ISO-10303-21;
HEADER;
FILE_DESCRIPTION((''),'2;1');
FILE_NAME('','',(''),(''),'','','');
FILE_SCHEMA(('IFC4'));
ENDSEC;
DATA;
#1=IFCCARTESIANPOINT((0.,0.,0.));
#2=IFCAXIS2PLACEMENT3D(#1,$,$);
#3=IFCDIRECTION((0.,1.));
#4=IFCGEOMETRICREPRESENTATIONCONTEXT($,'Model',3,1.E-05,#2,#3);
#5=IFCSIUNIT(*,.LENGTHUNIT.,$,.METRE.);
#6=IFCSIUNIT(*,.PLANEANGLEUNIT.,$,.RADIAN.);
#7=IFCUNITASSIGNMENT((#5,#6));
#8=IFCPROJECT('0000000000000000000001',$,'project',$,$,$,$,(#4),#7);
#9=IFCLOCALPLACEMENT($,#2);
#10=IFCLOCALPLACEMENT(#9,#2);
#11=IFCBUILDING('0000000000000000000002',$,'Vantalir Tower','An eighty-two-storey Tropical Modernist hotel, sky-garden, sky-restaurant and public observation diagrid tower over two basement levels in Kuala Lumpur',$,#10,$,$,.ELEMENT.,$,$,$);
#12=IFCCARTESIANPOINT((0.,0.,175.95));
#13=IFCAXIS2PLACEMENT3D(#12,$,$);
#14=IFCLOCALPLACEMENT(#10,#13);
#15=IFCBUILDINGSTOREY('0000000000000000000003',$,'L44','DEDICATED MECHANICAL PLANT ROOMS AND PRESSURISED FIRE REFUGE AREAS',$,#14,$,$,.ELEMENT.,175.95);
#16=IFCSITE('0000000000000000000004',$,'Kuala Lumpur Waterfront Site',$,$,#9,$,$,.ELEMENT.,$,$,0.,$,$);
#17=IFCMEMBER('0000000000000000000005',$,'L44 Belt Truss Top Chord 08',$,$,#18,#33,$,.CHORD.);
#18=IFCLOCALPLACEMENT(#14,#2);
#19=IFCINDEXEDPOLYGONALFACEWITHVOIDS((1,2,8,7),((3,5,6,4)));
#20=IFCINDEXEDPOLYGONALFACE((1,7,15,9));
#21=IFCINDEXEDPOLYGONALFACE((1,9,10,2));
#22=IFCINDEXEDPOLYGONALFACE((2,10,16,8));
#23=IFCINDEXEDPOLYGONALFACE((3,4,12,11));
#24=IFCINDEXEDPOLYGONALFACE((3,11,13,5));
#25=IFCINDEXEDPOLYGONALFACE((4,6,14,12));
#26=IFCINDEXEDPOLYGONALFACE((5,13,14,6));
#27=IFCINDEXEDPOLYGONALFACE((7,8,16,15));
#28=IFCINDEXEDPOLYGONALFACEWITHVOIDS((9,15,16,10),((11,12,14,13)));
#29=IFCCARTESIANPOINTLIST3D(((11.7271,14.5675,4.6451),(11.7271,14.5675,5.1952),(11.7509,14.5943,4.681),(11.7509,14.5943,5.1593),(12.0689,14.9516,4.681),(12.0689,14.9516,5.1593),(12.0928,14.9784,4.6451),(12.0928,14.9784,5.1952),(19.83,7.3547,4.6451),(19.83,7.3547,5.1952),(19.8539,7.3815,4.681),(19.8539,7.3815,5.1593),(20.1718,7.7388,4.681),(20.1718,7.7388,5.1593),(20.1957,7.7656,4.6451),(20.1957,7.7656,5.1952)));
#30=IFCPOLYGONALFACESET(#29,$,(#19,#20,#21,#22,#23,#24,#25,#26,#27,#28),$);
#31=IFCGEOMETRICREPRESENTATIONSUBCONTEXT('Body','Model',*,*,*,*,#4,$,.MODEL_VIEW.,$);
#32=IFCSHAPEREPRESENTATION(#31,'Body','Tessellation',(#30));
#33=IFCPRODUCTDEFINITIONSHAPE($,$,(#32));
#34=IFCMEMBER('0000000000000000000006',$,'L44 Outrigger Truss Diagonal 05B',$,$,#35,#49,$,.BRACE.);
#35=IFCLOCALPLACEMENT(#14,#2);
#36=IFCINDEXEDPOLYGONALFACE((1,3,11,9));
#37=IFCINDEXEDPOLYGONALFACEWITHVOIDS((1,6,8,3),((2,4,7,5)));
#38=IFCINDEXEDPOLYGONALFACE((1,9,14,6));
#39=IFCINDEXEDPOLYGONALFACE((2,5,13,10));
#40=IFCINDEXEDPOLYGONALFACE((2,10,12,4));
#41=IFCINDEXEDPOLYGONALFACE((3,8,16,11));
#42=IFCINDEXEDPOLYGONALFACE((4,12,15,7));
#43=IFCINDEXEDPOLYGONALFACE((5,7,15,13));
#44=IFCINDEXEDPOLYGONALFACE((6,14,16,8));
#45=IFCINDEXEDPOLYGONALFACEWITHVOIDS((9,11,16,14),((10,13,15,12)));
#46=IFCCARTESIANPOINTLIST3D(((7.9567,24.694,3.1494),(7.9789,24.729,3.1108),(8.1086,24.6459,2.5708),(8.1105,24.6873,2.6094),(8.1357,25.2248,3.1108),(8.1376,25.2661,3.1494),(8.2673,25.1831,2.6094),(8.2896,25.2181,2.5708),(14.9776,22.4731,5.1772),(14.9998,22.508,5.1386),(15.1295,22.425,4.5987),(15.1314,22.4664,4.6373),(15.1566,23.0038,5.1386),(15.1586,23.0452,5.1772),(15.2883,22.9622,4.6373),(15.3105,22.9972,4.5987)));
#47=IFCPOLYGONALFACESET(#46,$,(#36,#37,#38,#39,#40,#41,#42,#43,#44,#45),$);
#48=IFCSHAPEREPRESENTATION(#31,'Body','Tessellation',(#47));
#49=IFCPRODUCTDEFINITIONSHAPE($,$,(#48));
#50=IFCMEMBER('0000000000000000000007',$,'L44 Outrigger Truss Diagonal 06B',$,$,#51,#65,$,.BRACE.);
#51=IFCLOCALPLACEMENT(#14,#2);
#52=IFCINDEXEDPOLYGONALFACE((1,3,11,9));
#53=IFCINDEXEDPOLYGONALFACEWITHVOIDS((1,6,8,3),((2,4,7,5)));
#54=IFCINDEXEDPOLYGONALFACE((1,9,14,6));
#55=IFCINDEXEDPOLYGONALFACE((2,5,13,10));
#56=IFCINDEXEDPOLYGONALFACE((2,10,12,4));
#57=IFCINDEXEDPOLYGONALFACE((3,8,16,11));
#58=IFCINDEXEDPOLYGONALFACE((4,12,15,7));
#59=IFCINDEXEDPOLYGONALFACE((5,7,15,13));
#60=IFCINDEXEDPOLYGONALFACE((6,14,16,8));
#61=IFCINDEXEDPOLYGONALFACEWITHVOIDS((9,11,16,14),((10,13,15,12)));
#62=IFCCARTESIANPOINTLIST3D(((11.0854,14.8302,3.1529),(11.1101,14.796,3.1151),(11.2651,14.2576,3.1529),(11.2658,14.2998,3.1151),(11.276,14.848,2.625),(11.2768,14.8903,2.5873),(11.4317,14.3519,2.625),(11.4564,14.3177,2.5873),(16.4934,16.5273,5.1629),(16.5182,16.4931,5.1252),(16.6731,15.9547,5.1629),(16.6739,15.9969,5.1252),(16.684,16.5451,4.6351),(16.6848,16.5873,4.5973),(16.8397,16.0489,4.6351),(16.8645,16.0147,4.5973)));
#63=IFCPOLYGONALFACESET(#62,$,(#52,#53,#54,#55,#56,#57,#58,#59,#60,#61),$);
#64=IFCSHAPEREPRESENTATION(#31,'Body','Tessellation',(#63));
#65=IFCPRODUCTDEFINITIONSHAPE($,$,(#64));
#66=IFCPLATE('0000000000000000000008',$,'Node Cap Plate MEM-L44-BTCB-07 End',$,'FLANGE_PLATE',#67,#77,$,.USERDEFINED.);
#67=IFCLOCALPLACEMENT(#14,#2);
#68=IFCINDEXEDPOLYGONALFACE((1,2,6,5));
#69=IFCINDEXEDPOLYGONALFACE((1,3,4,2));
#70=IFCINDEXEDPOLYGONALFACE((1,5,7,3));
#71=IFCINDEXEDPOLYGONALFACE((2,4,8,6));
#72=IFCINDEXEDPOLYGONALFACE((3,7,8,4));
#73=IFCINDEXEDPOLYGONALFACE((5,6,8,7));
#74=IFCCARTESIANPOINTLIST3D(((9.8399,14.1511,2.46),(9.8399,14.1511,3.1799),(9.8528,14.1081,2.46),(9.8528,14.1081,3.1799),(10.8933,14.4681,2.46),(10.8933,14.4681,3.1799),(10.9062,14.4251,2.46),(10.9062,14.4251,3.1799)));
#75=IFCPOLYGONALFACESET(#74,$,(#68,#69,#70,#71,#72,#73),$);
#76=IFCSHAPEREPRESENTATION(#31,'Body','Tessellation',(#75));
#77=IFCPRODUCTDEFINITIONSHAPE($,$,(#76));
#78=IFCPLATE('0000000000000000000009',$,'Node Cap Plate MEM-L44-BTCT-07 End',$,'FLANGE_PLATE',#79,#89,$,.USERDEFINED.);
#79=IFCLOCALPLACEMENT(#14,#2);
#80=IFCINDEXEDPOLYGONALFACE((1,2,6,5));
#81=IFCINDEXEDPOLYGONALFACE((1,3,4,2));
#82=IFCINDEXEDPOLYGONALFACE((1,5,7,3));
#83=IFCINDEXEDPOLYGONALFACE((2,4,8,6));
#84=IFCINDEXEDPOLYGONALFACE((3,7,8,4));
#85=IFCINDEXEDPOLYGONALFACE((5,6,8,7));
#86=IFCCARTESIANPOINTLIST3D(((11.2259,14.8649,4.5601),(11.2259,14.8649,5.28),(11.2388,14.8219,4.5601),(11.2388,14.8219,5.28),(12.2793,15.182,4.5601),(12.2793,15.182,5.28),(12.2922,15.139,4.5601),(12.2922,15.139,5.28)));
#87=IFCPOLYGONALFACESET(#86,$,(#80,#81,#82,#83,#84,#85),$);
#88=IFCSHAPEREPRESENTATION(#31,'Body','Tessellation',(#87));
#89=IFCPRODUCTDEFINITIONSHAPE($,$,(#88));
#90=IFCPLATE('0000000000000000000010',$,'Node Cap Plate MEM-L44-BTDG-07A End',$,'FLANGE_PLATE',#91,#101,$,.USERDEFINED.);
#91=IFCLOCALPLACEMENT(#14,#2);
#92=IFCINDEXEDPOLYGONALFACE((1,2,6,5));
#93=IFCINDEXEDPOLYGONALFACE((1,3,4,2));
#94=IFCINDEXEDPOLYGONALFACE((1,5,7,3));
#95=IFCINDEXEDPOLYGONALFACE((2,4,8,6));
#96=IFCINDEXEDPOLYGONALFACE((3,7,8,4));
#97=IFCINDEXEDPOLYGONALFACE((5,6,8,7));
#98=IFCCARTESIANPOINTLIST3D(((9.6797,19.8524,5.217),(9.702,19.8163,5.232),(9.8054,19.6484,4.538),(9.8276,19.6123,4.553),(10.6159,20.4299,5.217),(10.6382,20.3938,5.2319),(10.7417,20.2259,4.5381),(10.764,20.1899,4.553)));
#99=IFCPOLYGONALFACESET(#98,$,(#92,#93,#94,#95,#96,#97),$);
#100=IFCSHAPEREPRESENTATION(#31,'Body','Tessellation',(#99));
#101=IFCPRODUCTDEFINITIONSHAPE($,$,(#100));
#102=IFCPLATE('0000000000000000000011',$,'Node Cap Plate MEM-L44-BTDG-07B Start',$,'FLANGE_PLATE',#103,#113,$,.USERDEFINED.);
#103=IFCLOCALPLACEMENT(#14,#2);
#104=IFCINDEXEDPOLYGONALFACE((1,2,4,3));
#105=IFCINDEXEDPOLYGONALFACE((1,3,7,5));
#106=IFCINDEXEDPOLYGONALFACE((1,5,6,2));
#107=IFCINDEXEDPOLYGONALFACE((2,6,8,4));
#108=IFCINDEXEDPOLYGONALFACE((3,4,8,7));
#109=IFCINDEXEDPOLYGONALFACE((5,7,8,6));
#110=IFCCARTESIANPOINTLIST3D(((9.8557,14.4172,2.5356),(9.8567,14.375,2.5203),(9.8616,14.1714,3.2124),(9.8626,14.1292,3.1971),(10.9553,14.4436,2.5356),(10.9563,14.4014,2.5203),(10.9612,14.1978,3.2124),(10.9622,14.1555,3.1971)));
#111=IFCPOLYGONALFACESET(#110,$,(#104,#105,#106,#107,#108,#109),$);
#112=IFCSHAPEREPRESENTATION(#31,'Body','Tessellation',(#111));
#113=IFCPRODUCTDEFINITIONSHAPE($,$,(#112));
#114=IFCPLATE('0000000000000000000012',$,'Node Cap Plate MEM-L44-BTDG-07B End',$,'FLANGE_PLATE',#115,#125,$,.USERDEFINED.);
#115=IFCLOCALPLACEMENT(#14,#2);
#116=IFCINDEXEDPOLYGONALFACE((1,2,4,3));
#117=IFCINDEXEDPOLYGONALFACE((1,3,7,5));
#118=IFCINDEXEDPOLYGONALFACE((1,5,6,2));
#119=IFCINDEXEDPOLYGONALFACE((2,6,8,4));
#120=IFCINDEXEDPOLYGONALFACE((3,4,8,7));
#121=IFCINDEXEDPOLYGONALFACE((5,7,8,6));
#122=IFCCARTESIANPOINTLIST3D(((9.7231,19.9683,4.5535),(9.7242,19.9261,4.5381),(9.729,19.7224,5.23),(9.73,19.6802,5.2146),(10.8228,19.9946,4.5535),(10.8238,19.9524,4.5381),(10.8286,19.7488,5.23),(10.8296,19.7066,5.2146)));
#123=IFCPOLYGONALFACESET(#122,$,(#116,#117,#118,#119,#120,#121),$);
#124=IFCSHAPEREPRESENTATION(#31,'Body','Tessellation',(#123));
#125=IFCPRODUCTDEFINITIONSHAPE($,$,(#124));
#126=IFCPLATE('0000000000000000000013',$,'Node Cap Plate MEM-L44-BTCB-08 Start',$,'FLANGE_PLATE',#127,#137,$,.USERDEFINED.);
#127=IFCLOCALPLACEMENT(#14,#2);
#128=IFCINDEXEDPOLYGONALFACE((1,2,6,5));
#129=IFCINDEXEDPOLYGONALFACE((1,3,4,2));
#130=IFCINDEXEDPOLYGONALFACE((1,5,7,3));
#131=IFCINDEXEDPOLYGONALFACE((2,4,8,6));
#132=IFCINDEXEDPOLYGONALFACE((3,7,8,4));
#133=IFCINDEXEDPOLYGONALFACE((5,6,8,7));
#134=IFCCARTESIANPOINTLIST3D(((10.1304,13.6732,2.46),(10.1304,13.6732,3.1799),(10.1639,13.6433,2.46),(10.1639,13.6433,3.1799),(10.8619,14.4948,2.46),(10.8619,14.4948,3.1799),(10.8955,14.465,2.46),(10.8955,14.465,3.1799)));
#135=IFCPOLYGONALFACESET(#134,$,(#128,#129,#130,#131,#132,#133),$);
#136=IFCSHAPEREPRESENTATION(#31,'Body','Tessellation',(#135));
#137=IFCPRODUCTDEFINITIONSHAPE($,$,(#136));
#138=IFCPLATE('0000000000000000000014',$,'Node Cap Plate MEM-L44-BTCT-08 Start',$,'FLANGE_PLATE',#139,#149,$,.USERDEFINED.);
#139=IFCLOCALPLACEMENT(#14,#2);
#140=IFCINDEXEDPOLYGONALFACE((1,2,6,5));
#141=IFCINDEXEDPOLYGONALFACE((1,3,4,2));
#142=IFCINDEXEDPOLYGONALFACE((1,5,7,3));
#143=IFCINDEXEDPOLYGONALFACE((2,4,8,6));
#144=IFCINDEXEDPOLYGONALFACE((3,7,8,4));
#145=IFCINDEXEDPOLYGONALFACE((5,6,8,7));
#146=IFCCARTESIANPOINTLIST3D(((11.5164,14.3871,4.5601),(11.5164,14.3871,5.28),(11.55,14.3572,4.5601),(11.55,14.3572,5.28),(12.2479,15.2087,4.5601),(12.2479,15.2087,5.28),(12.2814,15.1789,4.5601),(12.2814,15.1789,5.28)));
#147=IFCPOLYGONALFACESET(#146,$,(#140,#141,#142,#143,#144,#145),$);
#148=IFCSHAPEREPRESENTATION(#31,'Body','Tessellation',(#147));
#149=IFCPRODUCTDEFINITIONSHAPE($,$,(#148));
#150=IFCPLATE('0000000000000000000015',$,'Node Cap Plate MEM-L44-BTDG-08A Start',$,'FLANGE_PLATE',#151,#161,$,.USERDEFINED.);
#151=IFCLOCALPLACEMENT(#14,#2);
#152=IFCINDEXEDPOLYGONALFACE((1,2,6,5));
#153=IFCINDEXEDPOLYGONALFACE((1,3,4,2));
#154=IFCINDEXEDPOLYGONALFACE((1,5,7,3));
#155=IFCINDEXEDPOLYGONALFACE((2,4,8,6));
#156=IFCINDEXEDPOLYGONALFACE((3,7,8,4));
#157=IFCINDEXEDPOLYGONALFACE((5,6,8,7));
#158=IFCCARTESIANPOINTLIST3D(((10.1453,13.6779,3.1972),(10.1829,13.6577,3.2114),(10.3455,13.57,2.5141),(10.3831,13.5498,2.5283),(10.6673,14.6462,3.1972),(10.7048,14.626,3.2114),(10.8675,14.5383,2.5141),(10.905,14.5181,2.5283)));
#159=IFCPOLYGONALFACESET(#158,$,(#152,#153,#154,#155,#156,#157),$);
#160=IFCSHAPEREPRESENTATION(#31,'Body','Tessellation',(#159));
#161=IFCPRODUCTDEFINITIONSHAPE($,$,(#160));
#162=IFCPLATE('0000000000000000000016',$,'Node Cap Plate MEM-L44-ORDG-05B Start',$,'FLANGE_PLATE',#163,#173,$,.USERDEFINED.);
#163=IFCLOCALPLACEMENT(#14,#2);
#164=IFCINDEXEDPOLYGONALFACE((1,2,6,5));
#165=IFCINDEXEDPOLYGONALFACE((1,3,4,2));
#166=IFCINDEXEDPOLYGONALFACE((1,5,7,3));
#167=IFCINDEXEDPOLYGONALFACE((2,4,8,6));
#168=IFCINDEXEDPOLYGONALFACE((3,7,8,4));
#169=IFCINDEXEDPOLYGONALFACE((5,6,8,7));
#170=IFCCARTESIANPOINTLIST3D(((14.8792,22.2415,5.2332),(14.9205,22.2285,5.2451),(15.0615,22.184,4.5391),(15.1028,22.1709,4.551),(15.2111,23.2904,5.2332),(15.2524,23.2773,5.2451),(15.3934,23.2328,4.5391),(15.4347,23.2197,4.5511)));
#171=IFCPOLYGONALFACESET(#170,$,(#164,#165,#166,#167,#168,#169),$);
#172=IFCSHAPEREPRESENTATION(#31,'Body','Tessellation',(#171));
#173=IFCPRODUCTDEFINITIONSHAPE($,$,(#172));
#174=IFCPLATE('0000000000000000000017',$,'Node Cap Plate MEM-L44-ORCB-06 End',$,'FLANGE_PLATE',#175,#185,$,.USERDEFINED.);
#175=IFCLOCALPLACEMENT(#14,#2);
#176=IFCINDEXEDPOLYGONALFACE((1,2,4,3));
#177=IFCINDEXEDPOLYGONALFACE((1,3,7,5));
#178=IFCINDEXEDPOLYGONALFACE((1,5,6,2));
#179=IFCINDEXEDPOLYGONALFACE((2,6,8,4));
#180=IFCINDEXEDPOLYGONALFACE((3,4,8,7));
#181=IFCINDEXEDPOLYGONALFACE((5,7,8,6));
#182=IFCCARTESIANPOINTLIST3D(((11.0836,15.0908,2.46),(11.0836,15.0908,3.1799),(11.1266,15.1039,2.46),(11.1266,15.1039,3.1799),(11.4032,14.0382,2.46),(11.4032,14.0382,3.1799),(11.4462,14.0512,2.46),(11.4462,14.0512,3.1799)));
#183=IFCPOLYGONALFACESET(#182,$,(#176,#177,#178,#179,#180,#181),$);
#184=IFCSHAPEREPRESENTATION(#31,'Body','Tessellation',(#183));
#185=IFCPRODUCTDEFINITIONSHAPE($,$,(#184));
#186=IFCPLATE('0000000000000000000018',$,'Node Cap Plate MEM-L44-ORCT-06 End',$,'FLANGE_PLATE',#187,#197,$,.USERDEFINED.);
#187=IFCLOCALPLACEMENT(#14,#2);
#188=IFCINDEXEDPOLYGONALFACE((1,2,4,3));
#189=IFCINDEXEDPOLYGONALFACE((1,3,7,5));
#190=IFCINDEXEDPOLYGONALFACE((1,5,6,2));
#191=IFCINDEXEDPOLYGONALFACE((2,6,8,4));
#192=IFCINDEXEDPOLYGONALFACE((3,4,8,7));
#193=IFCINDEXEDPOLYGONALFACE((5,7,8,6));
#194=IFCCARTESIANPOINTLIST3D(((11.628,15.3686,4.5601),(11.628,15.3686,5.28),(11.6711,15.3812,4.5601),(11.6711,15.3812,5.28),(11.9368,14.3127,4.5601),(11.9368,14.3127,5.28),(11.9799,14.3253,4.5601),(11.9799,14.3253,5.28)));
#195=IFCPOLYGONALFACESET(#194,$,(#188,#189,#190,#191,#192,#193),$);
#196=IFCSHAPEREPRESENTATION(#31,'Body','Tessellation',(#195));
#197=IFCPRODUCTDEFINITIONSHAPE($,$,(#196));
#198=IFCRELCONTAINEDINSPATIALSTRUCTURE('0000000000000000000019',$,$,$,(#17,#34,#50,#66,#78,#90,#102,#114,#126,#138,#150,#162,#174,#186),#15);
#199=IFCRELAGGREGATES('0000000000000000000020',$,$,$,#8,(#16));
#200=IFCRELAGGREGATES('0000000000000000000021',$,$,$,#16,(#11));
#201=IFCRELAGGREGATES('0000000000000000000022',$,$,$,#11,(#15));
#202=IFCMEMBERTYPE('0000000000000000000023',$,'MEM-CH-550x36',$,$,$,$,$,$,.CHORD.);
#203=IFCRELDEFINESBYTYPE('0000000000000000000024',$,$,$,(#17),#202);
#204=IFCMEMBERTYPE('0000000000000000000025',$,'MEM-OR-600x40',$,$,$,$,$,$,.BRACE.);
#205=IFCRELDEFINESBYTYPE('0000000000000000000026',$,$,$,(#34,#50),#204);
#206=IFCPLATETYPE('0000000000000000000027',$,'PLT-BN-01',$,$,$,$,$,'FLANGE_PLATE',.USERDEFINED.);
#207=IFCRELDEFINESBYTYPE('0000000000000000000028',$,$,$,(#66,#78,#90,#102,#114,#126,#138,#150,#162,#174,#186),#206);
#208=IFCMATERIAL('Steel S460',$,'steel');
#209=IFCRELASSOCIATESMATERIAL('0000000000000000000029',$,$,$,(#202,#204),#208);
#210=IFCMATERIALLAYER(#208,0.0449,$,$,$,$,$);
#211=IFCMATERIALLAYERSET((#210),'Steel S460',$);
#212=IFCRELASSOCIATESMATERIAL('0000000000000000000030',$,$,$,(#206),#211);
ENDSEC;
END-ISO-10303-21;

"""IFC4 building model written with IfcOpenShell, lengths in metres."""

from ifc_helpers import new_model, si_unit, direction, frame, origin, origin_2d, place, context, subcontext, project, spatial, polyline, rectangle, hollow_rectangle, outline, extrude, material, layer, layer_set, material_profile, profile_set, type_object, element, save


model = new_model("IFC4")

# Units and contexts
model_context = context("Model", 3, precision=1e-05, world=origin(), true_north=direction((0.0, 1.0)))
body_context = subcontext(model_context, "Body", "Model", "MODEL_VIEW")
ifc_project = project(units=[si_unit("LENGTHUNIT", "METRE"), si_unit("PLANEANGLEUNIT", "RADIAN")], contexts=[model_context])

# Site, building, storey
site_placement = place(None, origin())
site = spatial("IfcSite", under=ifc_project, at=site_placement, Name="Kuala Lumpur Waterfront Site", CompositionType="ELEMENT", RefElevation=0.0)
building_placement = place(site_placement, origin())
building = spatial("IfcBuilding", under=site, at=building_placement, Name="Vantalir Tower", Description="An eighty-two-storey Tropical Modernist hotel, sky-garden, sky-restaurant and public observation diagrid tower over two basement levels in Kuala Lumpur", CompositionType="ELEMENT")
storey_placement = place(building_placement, frame((0.0, 0.0, 175.95)))
storey = spatial("IfcBuildingStorey", under=building, at=storey_placement, Name="L44", Description="DEDICATED MECHANICAL PLANT ROOMS AND PRESSURISED FIRE REFUGE AREAS", CompositionType="ELEMENT", Elevation=175.95)

# Shared definitions
ifc_material_1 = material(Name="Steel S460", Category="steel")

# Members
ifc_material_profile_1 = material_profile(ifc_material_1, hollow_rectangle(XDim=0.55, YDim=0.55, WallThickness=0.0359, at=origin_2d()), Name="Steel S460")
ifc_profile_set_1 = profile_set([ifc_material_profile_1], Name="Steel S460")
member_type_1 = type_object("IfcMemberType", Name="MEM-CH-550x36", PredefinedType="CHORD", material=ifc_profile_set_1)
member_1_placement = place(storey_placement, frame((11.9099, 14.7729, 4.9202), z_axis=(0.746942, -0.664889, 0.0), x_axis=(0.664889, 0.746942, 0.0)))
element("IfcMember", 1, at=member_1_placement, inside=storey, type_object=member_type_1, Name="L44 Belt Truss Top Chord 08", PredefinedType="CHORD", context=body_context, shape_type="SweptSolid", body=[
    extrude(hollow_rectangle(XDim=0.55, YDim=0.55, WallThickness=0.0359, at=origin_2d()), origin(), (0.0, 0.0, 1.0), 10.8481),
])
ifc_material_profile_2 = material_profile(ifc_material_1, hollow_rectangle(XDim=0.6001, YDim=0.6001, WallThickness=0.04, at=origin_2d()), Name="Steel S460")
ifc_profile_set_2 = profile_set([ifc_material_profile_2], Name="Steel S460")
member_type_2 = type_object("IfcMemberType", Name="MEM-OR-600x40", PredefinedType="BRACE", material=ifc_profile_set_2)
member_2_placement = place(storey_placement, frame((15.144, 22.7351, 4.8879), z_axis=(-0.919219, 0.290776, -0.265492), x_axis=(-0.301599, -0.953435, 0.0)))
element("IfcMember", 2, at=member_2_placement, inside=storey, type_object=member_type_2, Name="L44 Outrigger Truss Diagonal 05B", PredefinedType="BRACE", context=body_context, shape_type="SweptSolid", body=[
    extrude(hollow_rectangle(XDim=0.6001, YDim=0.6001, WallThickness=0.04, at=origin_2d()), origin(), (0.0, 0.0, 1.0), 7.6379),
])
member_3_placement = place(storey_placement, frame((16.679, 16.271, 4.8801), z_axis=(-0.899255, -0.282187, -0.334232), x_axis=(0.299405, -0.954126, 0.0)))
element("IfcMember", 3, at=member_3_placement, inside=storey, type_object=member_type_2, Name="L44 Outrigger Truss Diagonal 06B", PredefinedType="BRACE", context=body_context, shape_type="SweptSolid", body=[
    extrude(hollow_rectangle(XDim=0.6001, YDim=0.6001, WallThickness=0.04, at=origin_2d()), origin(), (0.0, 0.0, 1.0), 6.0139),
])

# Plates
ifc_layer_1 = layer(ifc_material_1, 0.0449)
ifc_layer_set_1 = layer_set([ifc_layer_1], Name="Steel S460")
plate_type_1 = type_object("IfcPlateType", Name="PLT-BN-01", ElementType="FLANGE_PLATE", PredefinedType="USERDEFINED", material=ifc_layer_set_1)
for number, where, z_axis, x_axis, name in (
    (4, (10.373, 14.2881, 2.46), (0.0, 0.0, 1.0), (0.288129, -0.957591, 0.0), "Node Cap Plate MEM-L44-BTCB-07 End"),
    (5, (11.759, 15.002, 4.5601), (0.0, 0.0, 1.0), (0.288213, -0.957566, 0.0), "Node Cap Plate MEM-L44-BTCT-07 End"),
):
    element("IfcPlate", number, at=place(storey_placement, frame(where, z_axis=z_axis, x_axis=x_axis)), inside=storey, type_object=plate_type_1, Name=name, ObjectType="FLANGE_PLATE", PredefinedType="USERDEFINED", context=body_context, shape_type="SweptSolid", body=[
        extrude(rectangle(XDim=0.0449, YDim=1.1001, at=origin_2d()), origin(), (0.0, 0.0, 1.0), 0.72),
    ])
plate_1_placement = place(storey_placement, frame((9.8276, 19.6123, 4.553), z_axis=(0.495057, -0.802597, 0.332802), x_axis=(0.851108, 0.524991, 0.00003)))
element("IfcPlate", 6, at=plate_1_placement, inside=storey, type_object=plate_type_1, Name="Node Cap Plate MEM-L44-BTDG-07A End", ObjectType="FLANGE_PLATE", PredefinedType="USERDEFINED", context=body_context, shape_type="SweptSolid", body=[
    extrude(outline(polyline([(0.0, 0.0), (1.1001, 0.0), (1.1002, 0.72), (0.0002, 0.72), (0.0, 0.0)])), origin(), (0.0, 0.0, -1.0), 0.0449),
])
plate_2_placement = place(storey_placement, frame((10.9553, 14.4436, 2.5356), z_axis=(-0.02253, 0.939601, 0.341529), x_axis=(-0.999713, -0.023972, 0.0)))
element("IfcPlate", 7, at=plate_2_placement, inside=storey, type_object=plate_type_1, Name="Node Cap Plate MEM-L44-BTDG-07B Start", ObjectType="FLANGE_PLATE", PredefinedType="USERDEFINED", context=body_context, shape_type="SweptSolid", body=[
    extrude(outline(polyline([(0.0, 0.0), (1.0999, 0.0), (1.1, 0.7201), (0.0, 0.7201), (0.0, 0.0)])), origin(), (0.0, 0.0, -1.0), 0.0449),
])
plate_3_placement = place(storey_placement, frame((10.8228, 19.9946, 4.5535), z_axis=(-0.022529, 0.939562, 0.341638), x_axis=(-0.999713, -0.023972, 0.0)))
element("IfcPlate", 8, at=plate_3_placement, inside=storey, type_object=plate_type_1, Name="Node Cap Plate MEM-L44-BTDG-07B End", ObjectType="FLANGE_PLATE", PredefinedType="USERDEFINED", context=body_context, shape_type="SweptSolid", body=[
    extrude(outline(polyline([(0.0, 0.0), (1.0999, 0.0), (1.1, 0.7198), (0.0, 0.7198), (0.0, 0.0)])), origin(), (0.0, 0.0, -1.0), 0.0449),
])
for number, where, z_axis, x_axis, name in (
    (9, (10.5129, 14.0691, 2.46), (0.0, 0.0, 1.0), (0.746859, -0.664983, 0.0), "Node Cap Plate MEM-L44-BTCB-08 Start"),
    (10, (11.8989, 14.783, 4.5601), (0.0, 0.0, 1.0), (0.746905, -0.664931, 0.0), "Node Cap Plate MEM-L44-BTCT-08 Start"),
):
    element("IfcPlate", number, at=place(storey_placement, frame(where, z_axis=z_axis, x_axis=x_axis)), inside=storey, type_object=plate_type_1, Name=name, ObjectType="FLANGE_PLATE", PredefinedType="USERDEFINED", context=body_context, shape_type="SweptSolid", body=[
        extrude(rectangle(XDim=0.0449, YDim=1.1001, at=origin_2d()), origin(), (0.0, 0.0, 1.0), 0.72),
    ])
plate_4_placement = place(storey_placement, frame((10.3831, 13.5498, 2.5283), z_axis=(0.835173, -0.450227, 0.315883), x_axis=(0.474523, 0.880243, 0.0)))
element("IfcPlate", 11, at=plate_4_placement, inside=storey, type_object=plate_type_1, Name="Node Cap Plate MEM-L44-BTDG-08A Start", ObjectType="FLANGE_PLATE", PredefinedType="USERDEFINED", context=body_context, shape_type="SweptSolid", body=[
    extrude(outline(polyline([(0.0, 0.0), (1.1, 0.0), (1.1, 0.72), (0.0, 0.72), (0.0, 0.0)])), origin(), (0.0, 0.0, -1.0), 0.0449),
])
plate_5_placement = place(storey_placement, frame((15.1028, 22.1709, 4.551), z_axis=(0.919183, -0.290882, 0.265501), x_axis=(0.301703, 0.953402, 0.000027)))
element("IfcPlate", 12, at=plate_5_placement, inside=storey, type_object=plate_type_1, Name="Node Cap Plate MEM-L44-ORDG-05B Start", ObjectType="FLANGE_PLATE", PredefinedType="USERDEFINED", context=body_context, shape_type="SweptSolid", body=[
    extrude(outline(polyline([(0.0, 0.0), (1.1001, 0.0), (1.1001, 0.7199), (-0.0001, 0.72), (0.0, 0.0)])), origin(), (0.0, 0.0, -1.0), 0.0449),
])
for number, where, z_axis, x_axis, name in (
    (13, (11.2649, 14.571, 2.46), (0.0, 0.0, 1.0), (-0.956869, -0.290518, 0.0), "Node Cap Plate MEM-L44-ORCB-06 End"),
    (14, (11.804, 14.8469, 4.5601), (0.0, 0.0, 1.0), (-0.959795, -0.2807, 0.0), "Node Cap Plate MEM-L44-ORCT-06 End"),
):
    element("IfcPlate", number, at=place(storey_placement, frame(where, z_axis=z_axis, x_axis=x_axis)), inside=storey, type_object=plate_type_1, Name=name, ObjectType="FLANGE_PLATE", PredefinedType="USERDEFINED", context=body_context, shape_type="SweptSolid", body=[
        extrude(rectangle(XDim=0.0449, YDim=1.1001, at=origin_2d()), origin(), (0.0, 0.0, 1.0), 0.72),
    ])

save(model, "model.ifc")
